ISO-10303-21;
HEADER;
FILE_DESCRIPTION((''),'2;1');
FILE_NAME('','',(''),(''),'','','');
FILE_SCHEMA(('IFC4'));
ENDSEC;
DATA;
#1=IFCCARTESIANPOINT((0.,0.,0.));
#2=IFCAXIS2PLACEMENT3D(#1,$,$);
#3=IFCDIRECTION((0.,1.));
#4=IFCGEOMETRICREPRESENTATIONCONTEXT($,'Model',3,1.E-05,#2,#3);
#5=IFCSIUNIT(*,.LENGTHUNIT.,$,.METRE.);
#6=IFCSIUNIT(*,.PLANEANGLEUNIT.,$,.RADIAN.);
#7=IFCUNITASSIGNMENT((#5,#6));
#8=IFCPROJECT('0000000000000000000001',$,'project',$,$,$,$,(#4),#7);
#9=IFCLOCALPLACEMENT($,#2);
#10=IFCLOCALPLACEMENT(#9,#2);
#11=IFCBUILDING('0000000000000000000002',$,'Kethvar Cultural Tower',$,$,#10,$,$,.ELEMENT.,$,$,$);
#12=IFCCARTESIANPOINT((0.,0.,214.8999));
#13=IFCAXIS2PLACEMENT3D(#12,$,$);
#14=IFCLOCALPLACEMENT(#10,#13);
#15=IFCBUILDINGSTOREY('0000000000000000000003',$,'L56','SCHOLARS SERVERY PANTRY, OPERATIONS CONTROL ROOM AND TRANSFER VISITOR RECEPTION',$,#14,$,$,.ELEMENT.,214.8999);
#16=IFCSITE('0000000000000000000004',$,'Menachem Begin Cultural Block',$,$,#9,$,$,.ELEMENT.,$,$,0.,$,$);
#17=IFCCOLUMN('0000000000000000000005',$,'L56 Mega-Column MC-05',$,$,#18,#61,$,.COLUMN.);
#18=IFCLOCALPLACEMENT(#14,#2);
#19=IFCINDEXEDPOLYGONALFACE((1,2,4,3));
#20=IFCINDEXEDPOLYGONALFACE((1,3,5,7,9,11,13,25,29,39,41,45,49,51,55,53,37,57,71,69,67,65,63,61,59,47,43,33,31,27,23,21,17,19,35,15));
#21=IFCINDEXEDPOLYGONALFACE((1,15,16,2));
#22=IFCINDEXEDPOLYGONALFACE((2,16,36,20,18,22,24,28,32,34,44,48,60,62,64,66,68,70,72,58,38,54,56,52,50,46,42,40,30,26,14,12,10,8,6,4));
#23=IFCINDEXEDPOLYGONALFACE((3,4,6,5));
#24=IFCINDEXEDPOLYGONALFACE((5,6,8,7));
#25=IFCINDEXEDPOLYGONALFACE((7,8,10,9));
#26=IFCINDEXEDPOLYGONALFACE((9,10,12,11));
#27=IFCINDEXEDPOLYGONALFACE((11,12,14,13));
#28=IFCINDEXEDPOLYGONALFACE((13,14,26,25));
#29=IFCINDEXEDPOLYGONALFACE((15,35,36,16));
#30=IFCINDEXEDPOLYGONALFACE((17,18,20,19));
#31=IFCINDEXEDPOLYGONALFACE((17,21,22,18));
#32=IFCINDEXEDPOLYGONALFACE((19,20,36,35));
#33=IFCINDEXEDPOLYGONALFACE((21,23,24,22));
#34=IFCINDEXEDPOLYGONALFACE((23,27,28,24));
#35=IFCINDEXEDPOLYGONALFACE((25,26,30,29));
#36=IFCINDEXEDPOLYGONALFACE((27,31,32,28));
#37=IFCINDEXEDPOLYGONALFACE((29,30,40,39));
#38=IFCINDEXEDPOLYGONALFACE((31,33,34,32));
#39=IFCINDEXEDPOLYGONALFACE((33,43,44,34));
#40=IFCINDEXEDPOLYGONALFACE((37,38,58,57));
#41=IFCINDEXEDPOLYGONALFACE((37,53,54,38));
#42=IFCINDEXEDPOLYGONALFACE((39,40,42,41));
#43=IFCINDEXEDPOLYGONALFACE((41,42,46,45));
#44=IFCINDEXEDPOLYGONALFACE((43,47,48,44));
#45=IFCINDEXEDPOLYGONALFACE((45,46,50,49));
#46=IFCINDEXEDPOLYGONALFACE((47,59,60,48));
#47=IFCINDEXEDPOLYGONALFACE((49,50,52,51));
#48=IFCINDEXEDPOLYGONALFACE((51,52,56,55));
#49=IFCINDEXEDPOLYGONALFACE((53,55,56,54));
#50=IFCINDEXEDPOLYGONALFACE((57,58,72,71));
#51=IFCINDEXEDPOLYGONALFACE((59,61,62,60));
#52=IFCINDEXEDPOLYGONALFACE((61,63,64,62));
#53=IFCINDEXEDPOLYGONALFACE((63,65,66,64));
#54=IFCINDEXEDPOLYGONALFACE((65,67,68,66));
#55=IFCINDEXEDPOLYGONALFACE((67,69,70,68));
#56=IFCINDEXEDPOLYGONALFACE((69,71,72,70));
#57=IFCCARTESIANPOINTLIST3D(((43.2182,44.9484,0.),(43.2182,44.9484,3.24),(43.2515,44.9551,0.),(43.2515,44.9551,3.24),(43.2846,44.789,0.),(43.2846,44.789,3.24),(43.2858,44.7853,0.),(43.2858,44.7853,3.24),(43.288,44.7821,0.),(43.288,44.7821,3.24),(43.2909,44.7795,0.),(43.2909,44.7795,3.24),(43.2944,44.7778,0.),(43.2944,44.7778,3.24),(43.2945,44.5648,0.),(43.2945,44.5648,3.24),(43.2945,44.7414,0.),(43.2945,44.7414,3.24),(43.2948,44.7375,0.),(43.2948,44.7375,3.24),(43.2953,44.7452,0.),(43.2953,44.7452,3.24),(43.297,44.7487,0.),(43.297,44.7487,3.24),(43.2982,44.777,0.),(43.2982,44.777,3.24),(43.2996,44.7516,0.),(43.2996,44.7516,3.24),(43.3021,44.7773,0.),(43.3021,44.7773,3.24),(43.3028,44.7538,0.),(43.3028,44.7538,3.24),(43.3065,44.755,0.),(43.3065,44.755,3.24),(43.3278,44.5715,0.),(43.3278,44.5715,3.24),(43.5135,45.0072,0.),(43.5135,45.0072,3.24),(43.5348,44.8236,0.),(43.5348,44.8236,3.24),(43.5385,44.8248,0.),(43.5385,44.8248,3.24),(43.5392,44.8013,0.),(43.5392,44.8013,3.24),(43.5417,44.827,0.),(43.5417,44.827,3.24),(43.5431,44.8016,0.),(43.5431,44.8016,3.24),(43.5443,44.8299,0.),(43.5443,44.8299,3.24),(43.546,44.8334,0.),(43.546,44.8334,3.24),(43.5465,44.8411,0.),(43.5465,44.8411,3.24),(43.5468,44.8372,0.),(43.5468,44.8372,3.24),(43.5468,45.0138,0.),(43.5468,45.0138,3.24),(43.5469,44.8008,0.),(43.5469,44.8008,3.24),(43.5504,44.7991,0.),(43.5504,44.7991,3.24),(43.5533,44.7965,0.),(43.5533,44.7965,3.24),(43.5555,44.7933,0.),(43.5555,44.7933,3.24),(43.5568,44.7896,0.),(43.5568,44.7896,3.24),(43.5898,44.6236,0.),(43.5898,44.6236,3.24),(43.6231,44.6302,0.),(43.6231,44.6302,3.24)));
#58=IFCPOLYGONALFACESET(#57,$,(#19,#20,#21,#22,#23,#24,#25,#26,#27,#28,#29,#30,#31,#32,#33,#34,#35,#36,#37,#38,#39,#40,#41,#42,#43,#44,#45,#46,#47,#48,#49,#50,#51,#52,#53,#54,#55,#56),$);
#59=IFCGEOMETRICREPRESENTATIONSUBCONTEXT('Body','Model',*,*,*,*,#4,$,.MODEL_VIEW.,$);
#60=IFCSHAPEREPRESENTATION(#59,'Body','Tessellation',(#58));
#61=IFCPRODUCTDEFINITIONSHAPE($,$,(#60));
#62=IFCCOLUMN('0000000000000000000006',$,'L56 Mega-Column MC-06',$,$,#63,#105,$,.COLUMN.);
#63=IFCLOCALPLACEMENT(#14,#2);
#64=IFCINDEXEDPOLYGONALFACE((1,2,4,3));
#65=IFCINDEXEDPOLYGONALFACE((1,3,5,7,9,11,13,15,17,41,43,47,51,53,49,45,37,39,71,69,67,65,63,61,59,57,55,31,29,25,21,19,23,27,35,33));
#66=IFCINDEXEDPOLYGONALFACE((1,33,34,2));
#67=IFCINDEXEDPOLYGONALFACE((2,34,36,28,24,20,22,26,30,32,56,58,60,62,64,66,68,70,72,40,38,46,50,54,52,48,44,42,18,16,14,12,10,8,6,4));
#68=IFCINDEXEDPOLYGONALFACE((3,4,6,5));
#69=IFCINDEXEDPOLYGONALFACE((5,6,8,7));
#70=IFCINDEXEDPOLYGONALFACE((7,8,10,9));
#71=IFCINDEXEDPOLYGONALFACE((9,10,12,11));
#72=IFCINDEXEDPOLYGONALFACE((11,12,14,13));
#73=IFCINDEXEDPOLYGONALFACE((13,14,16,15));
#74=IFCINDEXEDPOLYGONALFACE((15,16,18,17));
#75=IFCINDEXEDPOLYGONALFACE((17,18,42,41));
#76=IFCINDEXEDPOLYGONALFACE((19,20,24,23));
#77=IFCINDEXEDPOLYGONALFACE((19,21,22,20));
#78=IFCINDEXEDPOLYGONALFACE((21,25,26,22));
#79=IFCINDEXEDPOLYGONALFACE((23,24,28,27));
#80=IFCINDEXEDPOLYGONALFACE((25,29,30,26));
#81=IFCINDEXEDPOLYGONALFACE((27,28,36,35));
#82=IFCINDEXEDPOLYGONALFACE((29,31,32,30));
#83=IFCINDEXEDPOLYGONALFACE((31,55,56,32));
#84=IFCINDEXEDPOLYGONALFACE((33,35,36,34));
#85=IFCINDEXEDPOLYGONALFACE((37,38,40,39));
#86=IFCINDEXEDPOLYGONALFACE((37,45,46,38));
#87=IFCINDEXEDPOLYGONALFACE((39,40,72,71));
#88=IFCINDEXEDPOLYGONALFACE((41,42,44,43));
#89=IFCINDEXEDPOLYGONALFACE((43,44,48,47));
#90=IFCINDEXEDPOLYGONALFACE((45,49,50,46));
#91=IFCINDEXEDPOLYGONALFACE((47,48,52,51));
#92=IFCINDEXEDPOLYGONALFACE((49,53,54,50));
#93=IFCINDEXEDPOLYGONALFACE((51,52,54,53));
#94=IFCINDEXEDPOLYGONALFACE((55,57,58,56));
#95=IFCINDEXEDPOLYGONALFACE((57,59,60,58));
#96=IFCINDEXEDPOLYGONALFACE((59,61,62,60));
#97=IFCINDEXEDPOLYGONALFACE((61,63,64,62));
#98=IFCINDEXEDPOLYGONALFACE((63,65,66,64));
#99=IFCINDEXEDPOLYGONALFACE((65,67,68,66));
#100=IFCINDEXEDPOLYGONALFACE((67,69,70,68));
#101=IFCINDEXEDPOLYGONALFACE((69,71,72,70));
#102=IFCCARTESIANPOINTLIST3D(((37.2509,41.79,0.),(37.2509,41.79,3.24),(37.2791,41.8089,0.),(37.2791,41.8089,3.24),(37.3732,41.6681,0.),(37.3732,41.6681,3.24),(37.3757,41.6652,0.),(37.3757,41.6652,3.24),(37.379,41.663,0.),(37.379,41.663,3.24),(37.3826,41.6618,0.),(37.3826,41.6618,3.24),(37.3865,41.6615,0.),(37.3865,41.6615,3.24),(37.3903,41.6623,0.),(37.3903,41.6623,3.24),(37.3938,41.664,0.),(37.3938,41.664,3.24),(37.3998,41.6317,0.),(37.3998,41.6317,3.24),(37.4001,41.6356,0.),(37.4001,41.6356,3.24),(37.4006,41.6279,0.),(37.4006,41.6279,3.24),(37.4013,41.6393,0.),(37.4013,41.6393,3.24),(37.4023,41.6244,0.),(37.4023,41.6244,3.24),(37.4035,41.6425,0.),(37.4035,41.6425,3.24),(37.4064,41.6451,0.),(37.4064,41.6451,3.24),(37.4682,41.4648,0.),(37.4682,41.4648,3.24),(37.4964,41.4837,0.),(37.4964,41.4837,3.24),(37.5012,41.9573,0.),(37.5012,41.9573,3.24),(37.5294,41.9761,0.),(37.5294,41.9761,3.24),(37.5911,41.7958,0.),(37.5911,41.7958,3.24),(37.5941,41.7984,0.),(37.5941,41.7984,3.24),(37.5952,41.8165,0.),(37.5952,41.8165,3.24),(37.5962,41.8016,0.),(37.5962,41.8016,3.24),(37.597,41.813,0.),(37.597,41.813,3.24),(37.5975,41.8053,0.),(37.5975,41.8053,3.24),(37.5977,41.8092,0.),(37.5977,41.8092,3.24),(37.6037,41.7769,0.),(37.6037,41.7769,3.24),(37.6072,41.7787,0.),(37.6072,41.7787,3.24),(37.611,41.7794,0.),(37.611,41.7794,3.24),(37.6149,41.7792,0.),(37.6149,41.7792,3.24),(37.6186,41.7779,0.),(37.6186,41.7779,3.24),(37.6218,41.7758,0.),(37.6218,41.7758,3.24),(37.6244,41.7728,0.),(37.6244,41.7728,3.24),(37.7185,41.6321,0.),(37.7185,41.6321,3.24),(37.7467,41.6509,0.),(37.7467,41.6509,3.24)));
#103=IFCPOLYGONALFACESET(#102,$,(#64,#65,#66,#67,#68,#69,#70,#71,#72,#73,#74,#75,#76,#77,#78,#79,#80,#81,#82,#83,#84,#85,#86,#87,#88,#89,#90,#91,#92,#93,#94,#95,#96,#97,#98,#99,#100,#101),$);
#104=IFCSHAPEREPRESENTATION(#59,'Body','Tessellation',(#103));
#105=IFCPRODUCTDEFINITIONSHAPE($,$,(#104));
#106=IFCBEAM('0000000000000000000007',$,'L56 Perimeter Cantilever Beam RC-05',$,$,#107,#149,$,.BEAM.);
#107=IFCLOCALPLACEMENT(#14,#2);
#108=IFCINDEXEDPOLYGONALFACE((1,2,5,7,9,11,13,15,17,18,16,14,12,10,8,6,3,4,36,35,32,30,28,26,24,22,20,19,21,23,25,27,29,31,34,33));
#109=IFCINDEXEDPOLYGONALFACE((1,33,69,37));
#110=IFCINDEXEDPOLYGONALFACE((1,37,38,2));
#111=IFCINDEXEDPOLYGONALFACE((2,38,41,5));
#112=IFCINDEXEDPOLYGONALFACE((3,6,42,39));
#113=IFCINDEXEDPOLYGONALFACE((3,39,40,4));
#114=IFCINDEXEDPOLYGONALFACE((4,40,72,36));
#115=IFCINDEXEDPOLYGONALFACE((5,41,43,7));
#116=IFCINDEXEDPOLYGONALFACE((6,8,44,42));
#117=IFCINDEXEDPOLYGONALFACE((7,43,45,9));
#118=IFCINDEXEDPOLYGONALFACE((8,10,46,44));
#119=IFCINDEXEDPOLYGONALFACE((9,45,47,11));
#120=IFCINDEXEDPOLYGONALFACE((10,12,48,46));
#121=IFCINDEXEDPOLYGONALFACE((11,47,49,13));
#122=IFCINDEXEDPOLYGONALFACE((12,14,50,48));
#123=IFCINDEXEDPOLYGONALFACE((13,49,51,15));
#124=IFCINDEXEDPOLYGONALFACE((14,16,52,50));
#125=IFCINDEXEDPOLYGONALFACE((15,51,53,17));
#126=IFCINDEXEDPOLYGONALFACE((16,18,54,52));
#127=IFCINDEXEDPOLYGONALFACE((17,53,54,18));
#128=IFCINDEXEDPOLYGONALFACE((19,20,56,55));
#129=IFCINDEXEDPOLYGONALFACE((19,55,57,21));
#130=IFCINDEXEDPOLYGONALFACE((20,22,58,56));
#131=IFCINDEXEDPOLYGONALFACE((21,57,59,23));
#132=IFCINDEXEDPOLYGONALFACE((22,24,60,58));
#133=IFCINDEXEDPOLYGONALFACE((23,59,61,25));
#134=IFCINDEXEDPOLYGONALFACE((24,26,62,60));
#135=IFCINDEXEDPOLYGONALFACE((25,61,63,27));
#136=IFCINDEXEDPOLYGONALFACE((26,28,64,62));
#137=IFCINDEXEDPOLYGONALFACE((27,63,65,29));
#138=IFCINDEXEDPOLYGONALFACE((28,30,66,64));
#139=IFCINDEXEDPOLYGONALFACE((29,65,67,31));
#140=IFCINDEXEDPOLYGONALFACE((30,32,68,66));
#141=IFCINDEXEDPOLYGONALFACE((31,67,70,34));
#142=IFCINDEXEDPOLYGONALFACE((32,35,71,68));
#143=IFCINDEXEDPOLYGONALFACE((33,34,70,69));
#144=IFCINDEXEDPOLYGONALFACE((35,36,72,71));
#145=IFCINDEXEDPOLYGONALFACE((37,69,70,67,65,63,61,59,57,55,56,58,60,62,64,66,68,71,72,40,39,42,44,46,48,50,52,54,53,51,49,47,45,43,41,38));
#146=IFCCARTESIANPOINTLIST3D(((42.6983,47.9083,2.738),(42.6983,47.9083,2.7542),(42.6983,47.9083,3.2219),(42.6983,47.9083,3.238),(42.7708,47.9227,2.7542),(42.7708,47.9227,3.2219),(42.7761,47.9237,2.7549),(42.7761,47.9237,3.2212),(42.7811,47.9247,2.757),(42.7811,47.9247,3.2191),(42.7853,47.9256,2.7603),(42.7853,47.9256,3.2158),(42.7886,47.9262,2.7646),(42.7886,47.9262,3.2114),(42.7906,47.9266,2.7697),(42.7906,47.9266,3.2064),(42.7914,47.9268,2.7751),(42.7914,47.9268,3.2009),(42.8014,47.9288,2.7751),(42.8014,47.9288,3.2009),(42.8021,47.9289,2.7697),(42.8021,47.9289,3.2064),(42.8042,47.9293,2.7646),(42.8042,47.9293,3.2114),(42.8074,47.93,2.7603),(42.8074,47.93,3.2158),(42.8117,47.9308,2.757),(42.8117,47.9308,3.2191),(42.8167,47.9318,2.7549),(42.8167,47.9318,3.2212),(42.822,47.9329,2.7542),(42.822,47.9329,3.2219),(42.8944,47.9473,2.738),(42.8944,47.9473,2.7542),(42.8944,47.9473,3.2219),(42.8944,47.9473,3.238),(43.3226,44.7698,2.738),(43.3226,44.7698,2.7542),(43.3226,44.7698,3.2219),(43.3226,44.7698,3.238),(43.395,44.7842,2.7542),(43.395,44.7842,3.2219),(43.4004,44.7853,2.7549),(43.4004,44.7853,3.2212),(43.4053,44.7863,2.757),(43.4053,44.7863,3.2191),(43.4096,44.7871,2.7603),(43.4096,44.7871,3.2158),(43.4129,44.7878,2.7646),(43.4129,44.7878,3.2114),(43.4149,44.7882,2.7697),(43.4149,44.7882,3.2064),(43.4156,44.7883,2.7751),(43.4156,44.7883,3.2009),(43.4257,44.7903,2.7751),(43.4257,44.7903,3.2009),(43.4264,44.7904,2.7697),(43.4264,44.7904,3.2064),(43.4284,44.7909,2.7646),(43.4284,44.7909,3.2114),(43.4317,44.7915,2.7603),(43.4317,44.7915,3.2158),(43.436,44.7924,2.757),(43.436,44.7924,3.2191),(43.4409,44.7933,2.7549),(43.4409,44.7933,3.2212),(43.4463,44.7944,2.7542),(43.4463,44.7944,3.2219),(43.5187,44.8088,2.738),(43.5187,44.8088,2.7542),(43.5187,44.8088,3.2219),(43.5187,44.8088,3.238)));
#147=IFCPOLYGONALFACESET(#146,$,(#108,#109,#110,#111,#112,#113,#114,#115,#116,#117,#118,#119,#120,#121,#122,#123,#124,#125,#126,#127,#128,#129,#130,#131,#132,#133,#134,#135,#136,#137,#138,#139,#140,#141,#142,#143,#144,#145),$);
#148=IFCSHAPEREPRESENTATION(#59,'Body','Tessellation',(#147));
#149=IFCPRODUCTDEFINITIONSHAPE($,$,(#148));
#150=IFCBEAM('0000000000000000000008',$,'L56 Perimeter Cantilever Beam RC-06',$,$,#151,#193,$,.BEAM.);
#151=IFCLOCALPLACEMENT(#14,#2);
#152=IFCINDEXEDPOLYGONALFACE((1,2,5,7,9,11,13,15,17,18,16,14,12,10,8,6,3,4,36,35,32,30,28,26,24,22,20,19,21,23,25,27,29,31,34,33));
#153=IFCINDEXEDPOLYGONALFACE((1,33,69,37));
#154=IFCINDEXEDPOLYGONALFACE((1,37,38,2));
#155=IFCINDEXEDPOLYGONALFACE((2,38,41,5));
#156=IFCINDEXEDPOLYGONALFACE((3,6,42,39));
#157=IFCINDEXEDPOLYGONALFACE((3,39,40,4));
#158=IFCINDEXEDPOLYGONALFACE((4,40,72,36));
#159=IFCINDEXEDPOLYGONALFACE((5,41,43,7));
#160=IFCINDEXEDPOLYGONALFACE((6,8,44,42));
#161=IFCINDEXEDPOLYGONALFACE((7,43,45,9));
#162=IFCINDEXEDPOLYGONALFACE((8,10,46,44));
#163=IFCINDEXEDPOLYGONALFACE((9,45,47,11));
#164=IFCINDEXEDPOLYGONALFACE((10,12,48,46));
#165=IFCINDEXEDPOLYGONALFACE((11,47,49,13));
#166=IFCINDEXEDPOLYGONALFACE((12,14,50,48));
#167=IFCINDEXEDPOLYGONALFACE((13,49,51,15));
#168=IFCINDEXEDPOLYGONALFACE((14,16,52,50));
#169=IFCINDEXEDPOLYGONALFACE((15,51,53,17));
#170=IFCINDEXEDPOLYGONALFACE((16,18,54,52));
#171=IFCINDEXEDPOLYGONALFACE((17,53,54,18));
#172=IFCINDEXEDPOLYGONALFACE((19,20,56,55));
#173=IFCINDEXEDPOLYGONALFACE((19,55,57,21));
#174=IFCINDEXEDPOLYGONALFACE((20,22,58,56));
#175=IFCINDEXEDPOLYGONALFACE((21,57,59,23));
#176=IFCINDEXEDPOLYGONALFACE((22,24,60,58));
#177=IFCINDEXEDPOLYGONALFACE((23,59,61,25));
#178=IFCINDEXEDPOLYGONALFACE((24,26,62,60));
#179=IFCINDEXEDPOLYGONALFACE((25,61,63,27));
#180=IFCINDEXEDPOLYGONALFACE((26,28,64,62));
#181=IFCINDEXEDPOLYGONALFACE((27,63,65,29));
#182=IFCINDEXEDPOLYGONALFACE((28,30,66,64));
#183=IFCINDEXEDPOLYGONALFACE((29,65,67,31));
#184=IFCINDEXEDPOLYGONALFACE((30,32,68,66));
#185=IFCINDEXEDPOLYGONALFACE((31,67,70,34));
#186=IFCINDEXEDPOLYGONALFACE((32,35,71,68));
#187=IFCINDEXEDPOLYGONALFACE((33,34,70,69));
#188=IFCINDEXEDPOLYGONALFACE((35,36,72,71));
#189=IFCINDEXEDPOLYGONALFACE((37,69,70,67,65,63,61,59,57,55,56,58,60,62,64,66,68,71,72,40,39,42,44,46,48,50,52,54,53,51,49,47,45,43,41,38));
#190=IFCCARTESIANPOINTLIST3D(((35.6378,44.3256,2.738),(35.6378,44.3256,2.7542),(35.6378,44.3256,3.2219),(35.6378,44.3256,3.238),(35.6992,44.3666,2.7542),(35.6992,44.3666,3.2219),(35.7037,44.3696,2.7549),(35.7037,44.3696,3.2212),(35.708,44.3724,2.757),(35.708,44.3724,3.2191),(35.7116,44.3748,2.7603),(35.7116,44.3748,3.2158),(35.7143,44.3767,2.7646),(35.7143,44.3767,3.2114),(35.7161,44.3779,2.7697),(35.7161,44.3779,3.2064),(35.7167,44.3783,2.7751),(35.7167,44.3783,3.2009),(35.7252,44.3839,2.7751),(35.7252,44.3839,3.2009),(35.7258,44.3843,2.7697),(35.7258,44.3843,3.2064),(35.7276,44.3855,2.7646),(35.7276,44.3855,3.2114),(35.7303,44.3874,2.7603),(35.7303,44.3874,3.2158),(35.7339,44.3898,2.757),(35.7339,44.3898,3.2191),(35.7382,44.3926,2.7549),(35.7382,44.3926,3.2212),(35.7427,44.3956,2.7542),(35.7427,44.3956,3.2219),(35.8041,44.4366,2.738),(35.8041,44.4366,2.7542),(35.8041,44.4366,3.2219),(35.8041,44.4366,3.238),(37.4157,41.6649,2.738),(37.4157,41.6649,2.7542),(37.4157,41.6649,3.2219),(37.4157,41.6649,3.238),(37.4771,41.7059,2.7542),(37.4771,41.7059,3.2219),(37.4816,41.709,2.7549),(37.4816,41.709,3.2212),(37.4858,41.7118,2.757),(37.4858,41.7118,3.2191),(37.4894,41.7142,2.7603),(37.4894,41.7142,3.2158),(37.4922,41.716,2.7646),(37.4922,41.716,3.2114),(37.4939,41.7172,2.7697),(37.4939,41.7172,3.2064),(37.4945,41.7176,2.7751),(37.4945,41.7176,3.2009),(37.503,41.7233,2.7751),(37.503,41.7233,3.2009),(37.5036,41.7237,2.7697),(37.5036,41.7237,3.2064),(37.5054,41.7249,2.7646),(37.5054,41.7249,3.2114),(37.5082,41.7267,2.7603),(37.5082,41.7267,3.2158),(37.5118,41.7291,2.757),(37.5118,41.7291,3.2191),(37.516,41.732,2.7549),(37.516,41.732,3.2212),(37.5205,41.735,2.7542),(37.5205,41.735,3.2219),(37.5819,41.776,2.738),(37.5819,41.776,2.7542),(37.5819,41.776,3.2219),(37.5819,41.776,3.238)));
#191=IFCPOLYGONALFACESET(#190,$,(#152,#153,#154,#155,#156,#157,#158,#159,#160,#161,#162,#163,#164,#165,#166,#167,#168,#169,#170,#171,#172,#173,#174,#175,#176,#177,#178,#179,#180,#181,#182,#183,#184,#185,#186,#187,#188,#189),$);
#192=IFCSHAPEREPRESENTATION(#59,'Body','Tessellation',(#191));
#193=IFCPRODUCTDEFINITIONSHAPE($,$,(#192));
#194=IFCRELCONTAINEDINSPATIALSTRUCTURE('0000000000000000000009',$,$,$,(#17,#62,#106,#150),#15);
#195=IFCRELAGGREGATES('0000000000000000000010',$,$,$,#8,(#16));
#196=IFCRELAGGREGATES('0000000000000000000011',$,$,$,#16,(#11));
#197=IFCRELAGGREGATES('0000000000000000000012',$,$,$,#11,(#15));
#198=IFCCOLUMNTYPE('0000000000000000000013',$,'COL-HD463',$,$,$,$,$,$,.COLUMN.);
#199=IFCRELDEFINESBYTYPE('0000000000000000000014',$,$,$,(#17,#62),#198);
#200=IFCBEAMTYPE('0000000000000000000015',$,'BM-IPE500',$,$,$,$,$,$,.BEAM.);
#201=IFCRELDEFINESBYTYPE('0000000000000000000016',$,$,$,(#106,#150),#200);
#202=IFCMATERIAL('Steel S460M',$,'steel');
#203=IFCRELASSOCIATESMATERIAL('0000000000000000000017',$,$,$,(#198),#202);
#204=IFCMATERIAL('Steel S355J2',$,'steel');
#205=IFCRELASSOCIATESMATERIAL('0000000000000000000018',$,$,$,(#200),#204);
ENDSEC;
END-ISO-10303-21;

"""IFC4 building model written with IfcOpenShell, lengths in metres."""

from ifc_helpers import new_model, si_unit, direction, frame, origin, origin_2d, place, context, subcontext, project, spatial, i_section, extrude, source, transform, mapped, material, material_profile, profile_set, type_object, element, save


model = new_model("IFC4")

# Units and contexts
model_context = context("Model", 3, precision=1e-05, world=origin(), true_north=direction((0.0, 1.0)))
body_context = subcontext(model_context, "Body", "Model", "MODEL_VIEW")
ifc_project = project(units=[si_unit("LENGTHUNIT", "METRE"), si_unit("PLANEANGLEUNIT", "RADIAN")], contexts=[model_context])

# Site, building, storey
site_placement = place(None, origin())
site = spatial("IfcSite", under=ifc_project, at=site_placement, Name="Menachem Begin Cultural Block", CompositionType="ELEMENT", RefElevation=0.0)
building_placement = place(site_placement, origin())
building = spatial("IfcBuilding", under=site, at=building_placement, Name="Kethvar Cultural Tower", CompositionType="ELEMENT")
storey_placement = place(building_placement, frame((0.0, 0.0, 214.8999)))
storey = spatial("IfcBuildingStorey", under=building, at=storey_placement, Name="L56", Description="SCHOLARS SERVERY PANTRY, OPERATIONS CONTROL ROOM AND TRANSFER VISITOR RECEPTION", CompositionType="ELEMENT", Elevation=214.8999)

# Columns
ifc_material_1 = material(Name="Steel S460M", Category="steel")
ifc_material_profile_1 = material_profile(ifc_material_1, i_section(OverallWidth=0.3911, OverallDepth=0.335, WebThickness=0.0227, FlangeThickness=0.0339, FilletRadius=0.0149, at=origin_2d()), Name="Steel S460M — HD400x463")
ifc_profile_set_1 = profile_set([ifc_material_profile_1], Name="Steel S460M — HD400x463")
column_type = type_object("IfcColumnType", Name="COL-HD463", PredefinedType="COLUMN", material=ifc_profile_set_1)
shared_shape_1 = source(origin(), body_context, "Body", "SweptSolid", [
    extrude(i_section(OverallWidth=0.3911, OverallDepth=0.335, WebThickness=0.0227, FlangeThickness=0.0339, FilletRadius=0.0149, at=origin_2d()), origin(), (0.0, 0.0, 1.0), 3.24),
])
for number, where, z_axis, x_axis, name in (
    (1, (43.4207, 44.7893, 0.0), (0.0, 0.0, 1.0), (-0.19509, 0.980785, 0.0), "L56 Mega-Column MC-05"),
    (2, (37.4988, 41.7205, 0.0), (0.0, 0.0, 1.0), (-0.55557, 0.83147, 0.0), "L56 Mega-Column MC-06"),
):
    element("IfcColumn", number, at=place(storey_placement, frame(where, z_axis=z_axis, x_axis=x_axis)), inside=storey, type_object=column_type, Name=name, PredefinedType="COLUMN", context=body_context, shape_type="MappedRepresentation", body=[
        mapped(shared_shape_1, transform((0.0, 0.0, 0.0), scale=1.0)),
    ])

# Beams
ifc_material_2 = material(Name="Steel S355J2", Category="steel")
ifc_material_profile_2 = material_profile(ifc_material_2, i_section(OverallWidth=0.2, OverallDepth=0.5, WebThickness=0.0103, FlangeThickness=0.0161, FilletRadius=0.021, at=origin_2d()), Name="Steel S355J2 — IPE500")
ifc_profile_set_2 = profile_set([ifc_material_profile_2], Name="Steel S355J2 — IPE500")
beam_type_1 = type_object("IfcBeamType", Name="BM-IPE500", PredefinedType="BEAM", material=ifc_profile_set_2)
shared_shape_2 = source(origin(), body_context, "Body", "SweptSolid", [
    extrude(i_section(OverallWidth=0.2, OverallDepth=0.5, WebThickness=0.0103, FlangeThickness=0.0161, FilletRadius=0.021, at=origin_2d()), origin(), (0.0, 0.0, 1.0), 3.2),
])
for number, where, z_axis, x_axis, name in (
    (3, (43.4207, 44.7893, 2.988), (-0.195089, 0.980786, 0.0), (-0.980786, -0.195089, 0.0), "L56 Perimeter Cantilever Beam RC-05"),
    (4, (37.4988, 41.7205, 2.988), (-0.55558, 0.831463, 0.0), (-0.831463, -0.55558, 0.0), "L56 Perimeter Cantilever Beam RC-06"),
):
    element("IfcBeam", number, at=place(storey_placement, frame(where, z_axis=z_axis, x_axis=x_axis)), inside=storey, type_object=beam_type_1, Name=name, PredefinedType="BEAM", context=body_context, shape_type="MappedRepresentation", body=[
        mapped(shared_shape_2, transform((0.0, 0.0, 0.0), scale=1.0)),
    ])

save(model, "model.ifc")
